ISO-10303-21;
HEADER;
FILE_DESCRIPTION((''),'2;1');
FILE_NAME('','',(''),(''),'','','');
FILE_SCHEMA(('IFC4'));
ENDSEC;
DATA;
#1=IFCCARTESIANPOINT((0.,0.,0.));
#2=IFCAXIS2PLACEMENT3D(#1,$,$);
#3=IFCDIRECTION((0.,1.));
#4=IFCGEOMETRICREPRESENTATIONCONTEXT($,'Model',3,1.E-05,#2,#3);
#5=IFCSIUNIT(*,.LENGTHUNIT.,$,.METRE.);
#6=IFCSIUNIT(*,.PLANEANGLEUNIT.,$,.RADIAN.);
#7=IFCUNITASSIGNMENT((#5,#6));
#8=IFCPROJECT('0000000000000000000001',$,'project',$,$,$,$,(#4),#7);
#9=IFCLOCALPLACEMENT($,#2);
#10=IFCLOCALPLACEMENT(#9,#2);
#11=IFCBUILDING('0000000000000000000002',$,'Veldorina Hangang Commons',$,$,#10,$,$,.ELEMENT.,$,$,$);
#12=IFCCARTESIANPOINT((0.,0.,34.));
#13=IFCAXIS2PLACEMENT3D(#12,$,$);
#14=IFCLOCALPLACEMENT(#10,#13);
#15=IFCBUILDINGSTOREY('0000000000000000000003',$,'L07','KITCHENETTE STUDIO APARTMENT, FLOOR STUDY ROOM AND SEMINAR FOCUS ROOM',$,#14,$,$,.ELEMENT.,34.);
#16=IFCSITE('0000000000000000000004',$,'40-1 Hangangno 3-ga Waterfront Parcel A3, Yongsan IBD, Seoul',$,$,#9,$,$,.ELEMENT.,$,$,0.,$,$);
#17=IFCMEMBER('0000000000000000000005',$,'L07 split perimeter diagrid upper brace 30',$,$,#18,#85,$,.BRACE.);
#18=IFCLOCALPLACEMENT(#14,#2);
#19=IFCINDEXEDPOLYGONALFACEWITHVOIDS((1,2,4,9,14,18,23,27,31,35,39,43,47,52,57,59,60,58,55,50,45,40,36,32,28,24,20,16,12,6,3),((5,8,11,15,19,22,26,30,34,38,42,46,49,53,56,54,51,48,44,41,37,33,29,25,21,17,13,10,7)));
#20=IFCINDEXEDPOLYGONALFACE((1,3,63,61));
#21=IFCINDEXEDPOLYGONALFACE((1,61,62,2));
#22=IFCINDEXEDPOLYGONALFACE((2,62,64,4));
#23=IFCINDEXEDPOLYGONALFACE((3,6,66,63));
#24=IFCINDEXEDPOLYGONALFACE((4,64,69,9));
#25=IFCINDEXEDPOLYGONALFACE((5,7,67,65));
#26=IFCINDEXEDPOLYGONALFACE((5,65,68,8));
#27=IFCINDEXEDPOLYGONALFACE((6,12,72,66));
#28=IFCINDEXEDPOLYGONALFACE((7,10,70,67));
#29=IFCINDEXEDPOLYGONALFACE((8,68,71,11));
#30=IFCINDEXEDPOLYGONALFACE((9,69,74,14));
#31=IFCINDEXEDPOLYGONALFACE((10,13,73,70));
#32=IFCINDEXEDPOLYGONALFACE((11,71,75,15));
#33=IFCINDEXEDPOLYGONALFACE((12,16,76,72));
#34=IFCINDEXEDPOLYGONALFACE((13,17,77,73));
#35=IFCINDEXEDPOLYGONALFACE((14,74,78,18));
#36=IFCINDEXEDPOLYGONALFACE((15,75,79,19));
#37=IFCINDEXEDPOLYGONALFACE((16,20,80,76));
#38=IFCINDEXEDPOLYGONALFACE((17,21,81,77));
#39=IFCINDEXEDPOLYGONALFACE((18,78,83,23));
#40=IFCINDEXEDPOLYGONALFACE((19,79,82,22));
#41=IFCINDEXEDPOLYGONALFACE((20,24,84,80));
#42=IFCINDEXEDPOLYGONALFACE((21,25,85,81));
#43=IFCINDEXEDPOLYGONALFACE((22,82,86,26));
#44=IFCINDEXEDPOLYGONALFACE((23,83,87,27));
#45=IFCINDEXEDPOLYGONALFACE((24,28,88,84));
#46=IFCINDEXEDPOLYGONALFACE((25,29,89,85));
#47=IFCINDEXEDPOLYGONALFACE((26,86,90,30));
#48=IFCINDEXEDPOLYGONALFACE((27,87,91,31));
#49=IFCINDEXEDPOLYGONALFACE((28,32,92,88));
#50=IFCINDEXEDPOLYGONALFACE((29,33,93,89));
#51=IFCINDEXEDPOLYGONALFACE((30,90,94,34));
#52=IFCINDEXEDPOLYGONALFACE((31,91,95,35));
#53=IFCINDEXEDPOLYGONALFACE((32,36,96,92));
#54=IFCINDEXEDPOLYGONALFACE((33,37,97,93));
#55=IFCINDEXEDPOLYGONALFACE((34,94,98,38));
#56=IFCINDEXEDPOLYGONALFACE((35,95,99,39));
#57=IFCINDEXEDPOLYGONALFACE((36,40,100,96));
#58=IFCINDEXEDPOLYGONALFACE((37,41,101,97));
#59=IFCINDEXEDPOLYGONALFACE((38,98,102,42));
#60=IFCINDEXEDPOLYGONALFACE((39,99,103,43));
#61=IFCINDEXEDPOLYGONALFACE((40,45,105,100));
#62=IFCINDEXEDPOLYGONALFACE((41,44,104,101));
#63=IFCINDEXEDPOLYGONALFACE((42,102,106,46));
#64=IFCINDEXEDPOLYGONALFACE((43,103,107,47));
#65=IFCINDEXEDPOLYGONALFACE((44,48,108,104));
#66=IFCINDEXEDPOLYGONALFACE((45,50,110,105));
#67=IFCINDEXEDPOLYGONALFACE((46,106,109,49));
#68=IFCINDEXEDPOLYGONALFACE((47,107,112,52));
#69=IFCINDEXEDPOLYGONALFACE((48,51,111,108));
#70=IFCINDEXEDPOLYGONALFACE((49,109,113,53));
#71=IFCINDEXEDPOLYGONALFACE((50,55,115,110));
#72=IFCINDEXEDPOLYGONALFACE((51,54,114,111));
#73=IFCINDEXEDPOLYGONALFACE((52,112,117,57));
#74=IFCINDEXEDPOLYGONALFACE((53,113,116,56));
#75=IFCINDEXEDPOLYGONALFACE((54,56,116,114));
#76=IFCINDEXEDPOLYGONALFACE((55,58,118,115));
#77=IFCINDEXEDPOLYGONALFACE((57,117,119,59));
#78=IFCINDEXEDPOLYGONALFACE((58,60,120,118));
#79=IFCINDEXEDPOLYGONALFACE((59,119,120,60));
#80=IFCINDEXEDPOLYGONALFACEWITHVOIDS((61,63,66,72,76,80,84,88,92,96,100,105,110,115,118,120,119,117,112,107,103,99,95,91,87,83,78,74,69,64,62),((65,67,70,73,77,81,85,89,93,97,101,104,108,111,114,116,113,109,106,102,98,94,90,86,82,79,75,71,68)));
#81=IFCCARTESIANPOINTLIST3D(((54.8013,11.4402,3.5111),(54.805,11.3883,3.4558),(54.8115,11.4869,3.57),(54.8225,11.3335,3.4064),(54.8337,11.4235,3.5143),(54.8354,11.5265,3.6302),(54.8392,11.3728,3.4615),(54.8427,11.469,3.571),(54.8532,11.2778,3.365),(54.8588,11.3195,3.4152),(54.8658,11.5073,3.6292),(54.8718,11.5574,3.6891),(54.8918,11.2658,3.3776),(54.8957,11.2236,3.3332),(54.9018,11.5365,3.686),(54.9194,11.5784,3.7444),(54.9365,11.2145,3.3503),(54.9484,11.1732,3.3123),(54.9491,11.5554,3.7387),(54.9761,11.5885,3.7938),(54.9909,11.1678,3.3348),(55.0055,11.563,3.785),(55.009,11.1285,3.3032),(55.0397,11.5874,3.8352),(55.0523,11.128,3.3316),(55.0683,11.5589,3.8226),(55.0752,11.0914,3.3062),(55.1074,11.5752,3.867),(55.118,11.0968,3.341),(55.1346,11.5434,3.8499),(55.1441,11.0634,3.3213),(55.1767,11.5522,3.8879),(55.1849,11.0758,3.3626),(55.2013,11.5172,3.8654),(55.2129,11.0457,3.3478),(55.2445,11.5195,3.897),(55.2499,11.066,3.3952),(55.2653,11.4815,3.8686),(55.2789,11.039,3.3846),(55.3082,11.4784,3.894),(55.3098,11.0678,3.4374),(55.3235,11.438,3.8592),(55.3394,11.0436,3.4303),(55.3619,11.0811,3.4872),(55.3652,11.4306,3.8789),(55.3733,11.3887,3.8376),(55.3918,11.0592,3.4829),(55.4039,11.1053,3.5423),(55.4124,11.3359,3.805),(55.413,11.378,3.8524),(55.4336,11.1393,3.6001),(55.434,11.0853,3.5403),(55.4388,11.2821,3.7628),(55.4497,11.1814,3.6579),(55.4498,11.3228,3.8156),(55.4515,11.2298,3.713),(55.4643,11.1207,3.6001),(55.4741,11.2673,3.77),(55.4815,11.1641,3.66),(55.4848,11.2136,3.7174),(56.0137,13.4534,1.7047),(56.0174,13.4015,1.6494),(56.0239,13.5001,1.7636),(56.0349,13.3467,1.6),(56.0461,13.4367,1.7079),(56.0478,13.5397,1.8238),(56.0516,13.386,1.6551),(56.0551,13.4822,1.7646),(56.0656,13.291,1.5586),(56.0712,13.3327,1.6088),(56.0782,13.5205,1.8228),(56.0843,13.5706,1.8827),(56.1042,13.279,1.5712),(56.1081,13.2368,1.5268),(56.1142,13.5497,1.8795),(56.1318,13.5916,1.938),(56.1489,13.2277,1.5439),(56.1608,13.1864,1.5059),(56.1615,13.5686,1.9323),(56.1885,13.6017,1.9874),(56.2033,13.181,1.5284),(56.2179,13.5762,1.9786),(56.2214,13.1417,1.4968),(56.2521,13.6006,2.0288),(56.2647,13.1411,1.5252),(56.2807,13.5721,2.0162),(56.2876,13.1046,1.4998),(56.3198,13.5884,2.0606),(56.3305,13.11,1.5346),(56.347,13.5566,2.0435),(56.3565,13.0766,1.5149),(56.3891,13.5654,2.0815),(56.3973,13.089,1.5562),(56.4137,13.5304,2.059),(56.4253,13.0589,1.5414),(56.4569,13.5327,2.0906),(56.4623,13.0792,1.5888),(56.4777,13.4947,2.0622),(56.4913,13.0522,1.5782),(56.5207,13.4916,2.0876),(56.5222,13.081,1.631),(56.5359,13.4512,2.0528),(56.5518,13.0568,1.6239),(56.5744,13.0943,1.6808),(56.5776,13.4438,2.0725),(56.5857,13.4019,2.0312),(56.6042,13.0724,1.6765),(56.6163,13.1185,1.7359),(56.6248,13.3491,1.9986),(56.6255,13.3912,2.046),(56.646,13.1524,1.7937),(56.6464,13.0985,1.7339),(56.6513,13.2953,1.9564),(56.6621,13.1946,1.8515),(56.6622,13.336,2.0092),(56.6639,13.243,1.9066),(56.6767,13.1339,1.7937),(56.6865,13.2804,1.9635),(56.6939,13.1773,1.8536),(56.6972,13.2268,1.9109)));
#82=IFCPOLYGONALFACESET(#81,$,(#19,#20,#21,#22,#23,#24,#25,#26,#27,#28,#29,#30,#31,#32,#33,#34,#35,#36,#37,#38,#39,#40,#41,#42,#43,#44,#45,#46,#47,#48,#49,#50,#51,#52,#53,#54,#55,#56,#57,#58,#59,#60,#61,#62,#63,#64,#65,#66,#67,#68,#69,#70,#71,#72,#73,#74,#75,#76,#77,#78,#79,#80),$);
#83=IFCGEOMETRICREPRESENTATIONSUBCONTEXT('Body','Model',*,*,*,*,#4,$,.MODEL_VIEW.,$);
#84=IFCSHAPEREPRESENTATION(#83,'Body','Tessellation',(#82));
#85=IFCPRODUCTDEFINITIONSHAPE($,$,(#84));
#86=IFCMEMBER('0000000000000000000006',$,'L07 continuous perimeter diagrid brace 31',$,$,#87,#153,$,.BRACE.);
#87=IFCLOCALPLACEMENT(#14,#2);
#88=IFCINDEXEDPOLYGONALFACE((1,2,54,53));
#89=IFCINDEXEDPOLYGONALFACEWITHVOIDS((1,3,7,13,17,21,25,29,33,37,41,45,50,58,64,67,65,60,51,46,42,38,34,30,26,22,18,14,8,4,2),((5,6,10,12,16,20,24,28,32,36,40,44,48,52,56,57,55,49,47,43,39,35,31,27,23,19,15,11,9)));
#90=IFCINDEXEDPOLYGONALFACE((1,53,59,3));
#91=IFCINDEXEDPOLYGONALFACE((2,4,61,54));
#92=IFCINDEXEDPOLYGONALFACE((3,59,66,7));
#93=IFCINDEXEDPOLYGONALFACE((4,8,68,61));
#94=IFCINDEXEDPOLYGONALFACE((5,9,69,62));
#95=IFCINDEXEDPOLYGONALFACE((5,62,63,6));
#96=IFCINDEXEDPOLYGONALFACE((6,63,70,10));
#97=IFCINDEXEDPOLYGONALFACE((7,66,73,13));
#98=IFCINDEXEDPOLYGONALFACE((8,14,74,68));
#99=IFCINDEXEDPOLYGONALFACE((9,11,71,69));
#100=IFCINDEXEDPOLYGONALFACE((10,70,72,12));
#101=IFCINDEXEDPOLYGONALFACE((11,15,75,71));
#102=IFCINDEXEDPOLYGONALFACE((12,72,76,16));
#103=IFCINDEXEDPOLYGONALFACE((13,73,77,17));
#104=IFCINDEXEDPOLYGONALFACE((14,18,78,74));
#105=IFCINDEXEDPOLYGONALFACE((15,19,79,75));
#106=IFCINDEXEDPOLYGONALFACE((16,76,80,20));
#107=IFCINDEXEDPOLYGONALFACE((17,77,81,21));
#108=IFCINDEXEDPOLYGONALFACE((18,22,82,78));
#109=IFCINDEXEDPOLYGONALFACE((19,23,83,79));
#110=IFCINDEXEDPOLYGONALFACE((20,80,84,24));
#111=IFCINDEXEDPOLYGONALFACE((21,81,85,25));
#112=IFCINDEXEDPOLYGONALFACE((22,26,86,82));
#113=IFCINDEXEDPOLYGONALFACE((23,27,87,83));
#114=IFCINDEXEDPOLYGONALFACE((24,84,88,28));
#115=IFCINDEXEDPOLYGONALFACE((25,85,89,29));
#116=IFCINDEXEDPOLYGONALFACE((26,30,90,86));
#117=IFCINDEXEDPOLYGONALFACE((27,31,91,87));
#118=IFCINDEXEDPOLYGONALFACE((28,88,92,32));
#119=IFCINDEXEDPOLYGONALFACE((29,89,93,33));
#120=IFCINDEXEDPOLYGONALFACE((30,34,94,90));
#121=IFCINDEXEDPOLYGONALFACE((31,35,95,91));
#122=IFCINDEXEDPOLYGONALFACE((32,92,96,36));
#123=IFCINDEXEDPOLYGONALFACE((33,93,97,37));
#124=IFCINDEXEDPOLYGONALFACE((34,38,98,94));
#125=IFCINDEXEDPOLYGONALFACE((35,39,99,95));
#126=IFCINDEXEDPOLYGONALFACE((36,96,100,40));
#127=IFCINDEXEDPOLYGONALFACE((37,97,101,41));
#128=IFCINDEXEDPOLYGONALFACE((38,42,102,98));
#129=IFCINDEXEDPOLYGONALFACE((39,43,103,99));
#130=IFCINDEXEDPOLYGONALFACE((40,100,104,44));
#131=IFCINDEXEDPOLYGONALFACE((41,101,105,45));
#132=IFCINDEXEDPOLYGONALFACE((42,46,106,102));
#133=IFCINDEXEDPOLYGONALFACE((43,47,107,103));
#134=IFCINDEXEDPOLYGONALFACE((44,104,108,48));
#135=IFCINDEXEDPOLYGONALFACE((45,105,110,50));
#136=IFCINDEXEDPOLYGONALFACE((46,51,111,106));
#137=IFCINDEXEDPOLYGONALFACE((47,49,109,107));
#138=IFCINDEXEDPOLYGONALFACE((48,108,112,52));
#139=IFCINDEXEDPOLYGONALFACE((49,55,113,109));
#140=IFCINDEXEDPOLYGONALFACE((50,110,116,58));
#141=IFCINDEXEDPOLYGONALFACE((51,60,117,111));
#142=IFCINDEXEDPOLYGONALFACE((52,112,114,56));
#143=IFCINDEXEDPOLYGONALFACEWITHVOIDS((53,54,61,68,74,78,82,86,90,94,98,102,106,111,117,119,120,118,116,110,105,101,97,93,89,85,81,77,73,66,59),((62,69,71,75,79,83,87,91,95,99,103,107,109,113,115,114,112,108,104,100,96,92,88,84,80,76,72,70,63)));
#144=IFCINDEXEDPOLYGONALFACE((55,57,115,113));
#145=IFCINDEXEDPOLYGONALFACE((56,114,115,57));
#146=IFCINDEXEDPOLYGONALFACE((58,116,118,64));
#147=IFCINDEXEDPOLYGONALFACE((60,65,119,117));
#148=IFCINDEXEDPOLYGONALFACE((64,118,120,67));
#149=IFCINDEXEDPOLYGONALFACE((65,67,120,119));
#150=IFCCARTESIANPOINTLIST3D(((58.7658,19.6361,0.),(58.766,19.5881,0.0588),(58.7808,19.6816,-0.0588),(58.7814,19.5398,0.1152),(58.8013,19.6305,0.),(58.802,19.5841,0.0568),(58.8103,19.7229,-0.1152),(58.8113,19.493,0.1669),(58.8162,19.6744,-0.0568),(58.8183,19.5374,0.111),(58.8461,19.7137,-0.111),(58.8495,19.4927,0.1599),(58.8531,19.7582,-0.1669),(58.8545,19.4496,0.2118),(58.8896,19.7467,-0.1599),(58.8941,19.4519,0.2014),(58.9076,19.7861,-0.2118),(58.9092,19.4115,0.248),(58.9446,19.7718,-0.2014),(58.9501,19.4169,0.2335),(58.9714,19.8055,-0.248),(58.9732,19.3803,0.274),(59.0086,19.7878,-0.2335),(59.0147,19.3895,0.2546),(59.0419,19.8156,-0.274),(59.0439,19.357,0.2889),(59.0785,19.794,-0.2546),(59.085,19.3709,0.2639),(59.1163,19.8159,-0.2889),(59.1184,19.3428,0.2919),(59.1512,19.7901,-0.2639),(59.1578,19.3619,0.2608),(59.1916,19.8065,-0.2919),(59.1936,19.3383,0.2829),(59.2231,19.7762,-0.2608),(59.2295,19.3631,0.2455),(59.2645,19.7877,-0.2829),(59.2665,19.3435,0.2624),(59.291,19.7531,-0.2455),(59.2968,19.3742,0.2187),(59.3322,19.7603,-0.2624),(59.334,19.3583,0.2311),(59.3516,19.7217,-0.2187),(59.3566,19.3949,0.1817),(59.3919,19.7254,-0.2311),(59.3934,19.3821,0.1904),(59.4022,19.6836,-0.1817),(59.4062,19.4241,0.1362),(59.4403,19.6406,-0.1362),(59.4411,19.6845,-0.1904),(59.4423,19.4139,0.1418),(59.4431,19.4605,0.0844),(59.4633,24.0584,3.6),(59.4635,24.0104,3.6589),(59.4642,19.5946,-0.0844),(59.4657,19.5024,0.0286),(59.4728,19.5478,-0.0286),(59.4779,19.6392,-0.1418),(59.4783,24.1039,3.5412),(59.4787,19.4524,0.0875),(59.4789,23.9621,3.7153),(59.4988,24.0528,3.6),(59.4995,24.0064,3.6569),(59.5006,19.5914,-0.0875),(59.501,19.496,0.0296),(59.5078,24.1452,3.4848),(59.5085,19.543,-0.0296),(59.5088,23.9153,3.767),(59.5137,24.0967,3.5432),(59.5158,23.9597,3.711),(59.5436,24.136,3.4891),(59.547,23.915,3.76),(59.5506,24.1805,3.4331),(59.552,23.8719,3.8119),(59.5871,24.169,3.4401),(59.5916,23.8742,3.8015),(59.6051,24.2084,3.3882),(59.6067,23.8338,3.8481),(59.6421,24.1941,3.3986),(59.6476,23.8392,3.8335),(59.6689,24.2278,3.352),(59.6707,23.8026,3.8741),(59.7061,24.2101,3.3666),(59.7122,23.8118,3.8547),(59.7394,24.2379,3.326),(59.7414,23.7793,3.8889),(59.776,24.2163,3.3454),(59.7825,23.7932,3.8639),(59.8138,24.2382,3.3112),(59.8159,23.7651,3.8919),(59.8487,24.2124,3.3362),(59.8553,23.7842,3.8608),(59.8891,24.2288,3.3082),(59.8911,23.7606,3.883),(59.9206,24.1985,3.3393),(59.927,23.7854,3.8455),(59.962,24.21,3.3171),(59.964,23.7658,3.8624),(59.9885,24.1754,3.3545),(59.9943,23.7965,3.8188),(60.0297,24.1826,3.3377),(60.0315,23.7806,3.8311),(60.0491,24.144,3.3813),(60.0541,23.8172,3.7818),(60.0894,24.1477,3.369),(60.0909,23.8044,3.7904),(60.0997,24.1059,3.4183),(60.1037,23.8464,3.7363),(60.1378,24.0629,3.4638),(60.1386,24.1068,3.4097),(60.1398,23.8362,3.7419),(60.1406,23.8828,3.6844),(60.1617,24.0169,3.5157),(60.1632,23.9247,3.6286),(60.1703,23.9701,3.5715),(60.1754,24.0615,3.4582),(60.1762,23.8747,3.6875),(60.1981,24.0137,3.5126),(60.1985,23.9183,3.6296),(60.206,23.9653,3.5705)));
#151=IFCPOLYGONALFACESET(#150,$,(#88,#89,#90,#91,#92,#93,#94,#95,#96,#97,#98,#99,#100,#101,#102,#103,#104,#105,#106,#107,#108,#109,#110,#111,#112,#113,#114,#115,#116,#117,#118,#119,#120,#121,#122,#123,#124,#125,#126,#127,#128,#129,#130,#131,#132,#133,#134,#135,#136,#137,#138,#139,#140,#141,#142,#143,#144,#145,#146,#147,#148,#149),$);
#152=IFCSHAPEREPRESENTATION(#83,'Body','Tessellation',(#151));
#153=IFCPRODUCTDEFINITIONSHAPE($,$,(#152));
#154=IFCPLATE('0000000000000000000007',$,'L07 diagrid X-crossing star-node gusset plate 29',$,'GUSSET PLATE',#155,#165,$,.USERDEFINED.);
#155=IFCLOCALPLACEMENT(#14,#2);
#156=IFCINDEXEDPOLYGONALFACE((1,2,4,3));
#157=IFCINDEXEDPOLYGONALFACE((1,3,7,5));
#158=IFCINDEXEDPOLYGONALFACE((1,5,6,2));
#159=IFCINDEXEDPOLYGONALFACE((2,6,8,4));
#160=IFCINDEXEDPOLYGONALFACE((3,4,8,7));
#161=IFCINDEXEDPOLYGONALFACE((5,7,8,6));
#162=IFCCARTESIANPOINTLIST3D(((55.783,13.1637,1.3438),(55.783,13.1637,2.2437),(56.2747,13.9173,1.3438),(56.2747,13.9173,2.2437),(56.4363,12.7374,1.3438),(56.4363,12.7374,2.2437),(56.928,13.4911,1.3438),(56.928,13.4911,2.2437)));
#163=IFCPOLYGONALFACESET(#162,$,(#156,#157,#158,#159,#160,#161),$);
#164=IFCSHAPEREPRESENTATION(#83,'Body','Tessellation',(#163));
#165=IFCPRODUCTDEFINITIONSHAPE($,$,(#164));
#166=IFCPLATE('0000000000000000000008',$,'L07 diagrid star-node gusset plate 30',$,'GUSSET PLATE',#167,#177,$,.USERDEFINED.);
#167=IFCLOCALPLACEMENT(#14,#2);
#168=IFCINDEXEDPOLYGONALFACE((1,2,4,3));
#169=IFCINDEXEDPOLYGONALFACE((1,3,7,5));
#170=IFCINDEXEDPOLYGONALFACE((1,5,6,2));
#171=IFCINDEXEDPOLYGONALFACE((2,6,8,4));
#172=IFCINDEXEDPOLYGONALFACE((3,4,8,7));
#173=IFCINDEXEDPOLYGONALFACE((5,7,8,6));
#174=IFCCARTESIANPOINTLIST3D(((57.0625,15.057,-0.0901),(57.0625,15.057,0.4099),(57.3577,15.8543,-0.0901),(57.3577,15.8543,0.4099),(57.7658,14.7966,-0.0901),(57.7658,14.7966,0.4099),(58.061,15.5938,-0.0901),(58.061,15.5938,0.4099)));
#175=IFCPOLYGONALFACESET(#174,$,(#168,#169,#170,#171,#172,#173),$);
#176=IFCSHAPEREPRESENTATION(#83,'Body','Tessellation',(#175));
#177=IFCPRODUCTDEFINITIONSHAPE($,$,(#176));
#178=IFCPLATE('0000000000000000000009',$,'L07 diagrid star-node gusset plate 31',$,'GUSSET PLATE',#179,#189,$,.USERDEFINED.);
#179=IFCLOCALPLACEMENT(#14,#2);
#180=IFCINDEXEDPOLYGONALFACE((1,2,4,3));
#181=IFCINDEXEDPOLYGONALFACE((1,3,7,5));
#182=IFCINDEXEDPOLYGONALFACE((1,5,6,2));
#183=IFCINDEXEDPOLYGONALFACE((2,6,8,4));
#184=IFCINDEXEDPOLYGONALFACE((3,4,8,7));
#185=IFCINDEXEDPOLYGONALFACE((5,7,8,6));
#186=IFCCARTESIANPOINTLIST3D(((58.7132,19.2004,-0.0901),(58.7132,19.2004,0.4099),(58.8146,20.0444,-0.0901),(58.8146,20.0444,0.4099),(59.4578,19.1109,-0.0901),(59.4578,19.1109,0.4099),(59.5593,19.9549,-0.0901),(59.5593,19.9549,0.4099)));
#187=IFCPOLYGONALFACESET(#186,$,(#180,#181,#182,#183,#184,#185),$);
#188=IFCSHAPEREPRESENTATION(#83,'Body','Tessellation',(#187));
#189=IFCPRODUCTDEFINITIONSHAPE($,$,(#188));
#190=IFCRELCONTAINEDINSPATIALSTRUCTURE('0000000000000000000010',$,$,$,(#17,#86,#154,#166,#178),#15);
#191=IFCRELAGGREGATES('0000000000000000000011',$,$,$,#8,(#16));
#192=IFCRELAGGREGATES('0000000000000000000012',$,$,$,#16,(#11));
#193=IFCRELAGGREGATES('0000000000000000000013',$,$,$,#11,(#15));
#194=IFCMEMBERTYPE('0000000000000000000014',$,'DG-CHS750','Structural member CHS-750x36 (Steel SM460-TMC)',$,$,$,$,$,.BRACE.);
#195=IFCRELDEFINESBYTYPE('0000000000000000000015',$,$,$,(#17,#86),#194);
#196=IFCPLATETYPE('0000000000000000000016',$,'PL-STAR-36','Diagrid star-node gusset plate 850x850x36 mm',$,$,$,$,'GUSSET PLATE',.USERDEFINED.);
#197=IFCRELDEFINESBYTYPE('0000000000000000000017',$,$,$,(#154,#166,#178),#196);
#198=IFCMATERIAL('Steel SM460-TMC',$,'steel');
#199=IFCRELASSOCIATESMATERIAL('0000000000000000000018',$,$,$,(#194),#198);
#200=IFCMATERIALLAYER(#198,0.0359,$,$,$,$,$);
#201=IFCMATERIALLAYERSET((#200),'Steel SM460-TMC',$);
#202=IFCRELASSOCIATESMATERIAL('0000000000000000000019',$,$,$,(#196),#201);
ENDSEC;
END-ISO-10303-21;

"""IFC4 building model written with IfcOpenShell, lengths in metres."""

from ifc_helpers import new_model, si_unit, direction, frame, origin, origin_2d, place, context, subcontext, project, spatial, rectangle, hollow_circle, extrude, material, layer, layer_set, material_profile, profile_set, type_object, element, save


model = new_model("IFC4")

# Units and contexts
model_context = context("Model", 3, precision=1e-05, world=origin(), true_north=direction((0.0, 1.0)))
body_context = subcontext(model_context, "Body", "Model", "MODEL_VIEW")
ifc_project = project(units=[si_unit("LENGTHUNIT", "METRE"), si_unit("PLANEANGLEUNIT", "RADIAN")], contexts=[model_context])

# Site, building, storey
site_placement = place(None, origin())
site = spatial("IfcSite", under=ifc_project, at=site_placement, Name="40-1 Hangangno 3-ga Waterfront Parcel A3, Yongsan IBD, Seoul", CompositionType="ELEMENT", RefElevation=0.0)
building_placement = place(site_placement, origin())
building = spatial("IfcBuilding", under=site, at=building_placement, Name="Veldorina Hangang Commons", CompositionType="ELEMENT")
storey_placement = place(building_placement, frame((0.0, 0.0, 34.0)))
storey = spatial("IfcBuildingStorey", under=building, at=storey_placement, Name="L07", Description="KITCHENETTE STUDIO APARTMENT, FLOOR STUDY ROOM AND SEMINAR FOCUS ROOM", CompositionType="ELEMENT", Elevation=34.0)

# Shared definitions
ifc_material_1 = material(Name="Steel SM460-TMC", Category="steel")

# Members
ifc_material_profile_1 = material_profile(ifc_material_1, hollow_circle(Radius=0.375, WallThickness=0.0359, at=origin_2d()), Name="CHS-750x36")
ifc_profile_set_1 = profile_set([ifc_material_profile_1], Name="Steel SM460-TMC")
member_type_1 = type_object("IfcMemberType", Name="DG-CHS750", Description="Structural member CHS-750x36 (Steel SM460-TMC)", PredefinedType="BRACE", material=ifc_profile_set_1)
member_1_placement = place(storey_placement, frame((56.3555, 13.3274, 1.7937), z_axis=(-0.409029, -0.679189, 0.609425), x_axis=(0.856648, -0.515901, 0.0)))
element("IfcMember", 1, at=member_1_placement, inside=storey, type_object=member_type_1, Name="L07 split perimeter diagrid upper brace 30", PredefinedType="BRACE", context=body_context, shape_type="SweptSolid", body=[
    extrude(hollow_circle(Radius=0.375, WallThickness=0.0359, at=origin_2d()), origin(), (0.0, 0.0, 1.0), 2.9641),
])
member_2_placement = place(storey_placement, frame((59.1362, 19.5776, 0.0), z_axis=(0.121413, 0.769782, 0.626654), x_axis=(-0.987789, 0.155797, 0.0)))
element("IfcMember", 2, at=member_2_placement, inside=storey, type_object=member_type_1, Name="L07 continuous perimeter diagrid brace 31", PredefinedType="BRACE", context=body_context, shape_type="SweptSolid", body=[
    extrude(hollow_circle(Radius=0.375, WallThickness=0.0359, at=origin_2d()), origin(), (0.0, 0.0, 1.0), 5.7449),
])

# Plates
ifc_layer_1 = layer(ifc_material_1, 0.0359)
ifc_layer_set_1 = layer_set([ifc_layer_1], Name="Steel SM460-TMC")
plate_type = type_object("IfcPlateType", Name="PL-STAR-36", Description="Diagrid star-node gusset plate 850x850x36 mm", ElementType="GUSSET PLATE", PredefinedType="USERDEFINED", material=ifc_layer_set_1)
plate_placement = place(storey_placement, frame((56.3555, 13.3274, 1.3438), z_axis=(0.0, 0.0, 1.0), x_axis=(0.546409, 0.837519, 0.0)))
element("IfcPlate", 3, at=plate_placement, inside=storey, type_object=plate_type, Name="L07 diagrid X-crossing star-node gusset plate 29", ObjectType="GUSSET PLATE", PredefinedType="USERDEFINED", context=body_context, shape_type="SweptSolid", body=[
    extrude(rectangle(XDim=0.8999, YDim=0.78, at=origin_2d()), origin(), (0.0, 0.0, 1.0), 0.8999),
])
for number, where, z_axis, x_axis, name in (
    (4, (57.5618, 15.3254, -0.0901), (0.0, 0.0, 1.0), (0.34723, 0.93778, 0.0), "L07 diagrid star-node gusset plate 30"),
    (5, (59.1362, 19.5776, -0.0901), (0.0, 0.0, 1.0), (0.119357, 0.992851, 0.0), "L07 diagrid star-node gusset plate 31"),
):
    element("IfcPlate", number, at=place(storey_placement, frame(where, z_axis=z_axis, x_axis=x_axis)), inside=storey, type_object=plate_type, Name=name, ObjectType="GUSSET PLATE", PredefinedType="USERDEFINED", context=body_context, shape_type="SweptSolid", body=[
        extrude(rectangle(XDim=0.8501, YDim=0.75, at=origin_2d()), origin(), (0.0, 0.0, 1.0), 0.5),
    ])

save(model, "model.ifc")
